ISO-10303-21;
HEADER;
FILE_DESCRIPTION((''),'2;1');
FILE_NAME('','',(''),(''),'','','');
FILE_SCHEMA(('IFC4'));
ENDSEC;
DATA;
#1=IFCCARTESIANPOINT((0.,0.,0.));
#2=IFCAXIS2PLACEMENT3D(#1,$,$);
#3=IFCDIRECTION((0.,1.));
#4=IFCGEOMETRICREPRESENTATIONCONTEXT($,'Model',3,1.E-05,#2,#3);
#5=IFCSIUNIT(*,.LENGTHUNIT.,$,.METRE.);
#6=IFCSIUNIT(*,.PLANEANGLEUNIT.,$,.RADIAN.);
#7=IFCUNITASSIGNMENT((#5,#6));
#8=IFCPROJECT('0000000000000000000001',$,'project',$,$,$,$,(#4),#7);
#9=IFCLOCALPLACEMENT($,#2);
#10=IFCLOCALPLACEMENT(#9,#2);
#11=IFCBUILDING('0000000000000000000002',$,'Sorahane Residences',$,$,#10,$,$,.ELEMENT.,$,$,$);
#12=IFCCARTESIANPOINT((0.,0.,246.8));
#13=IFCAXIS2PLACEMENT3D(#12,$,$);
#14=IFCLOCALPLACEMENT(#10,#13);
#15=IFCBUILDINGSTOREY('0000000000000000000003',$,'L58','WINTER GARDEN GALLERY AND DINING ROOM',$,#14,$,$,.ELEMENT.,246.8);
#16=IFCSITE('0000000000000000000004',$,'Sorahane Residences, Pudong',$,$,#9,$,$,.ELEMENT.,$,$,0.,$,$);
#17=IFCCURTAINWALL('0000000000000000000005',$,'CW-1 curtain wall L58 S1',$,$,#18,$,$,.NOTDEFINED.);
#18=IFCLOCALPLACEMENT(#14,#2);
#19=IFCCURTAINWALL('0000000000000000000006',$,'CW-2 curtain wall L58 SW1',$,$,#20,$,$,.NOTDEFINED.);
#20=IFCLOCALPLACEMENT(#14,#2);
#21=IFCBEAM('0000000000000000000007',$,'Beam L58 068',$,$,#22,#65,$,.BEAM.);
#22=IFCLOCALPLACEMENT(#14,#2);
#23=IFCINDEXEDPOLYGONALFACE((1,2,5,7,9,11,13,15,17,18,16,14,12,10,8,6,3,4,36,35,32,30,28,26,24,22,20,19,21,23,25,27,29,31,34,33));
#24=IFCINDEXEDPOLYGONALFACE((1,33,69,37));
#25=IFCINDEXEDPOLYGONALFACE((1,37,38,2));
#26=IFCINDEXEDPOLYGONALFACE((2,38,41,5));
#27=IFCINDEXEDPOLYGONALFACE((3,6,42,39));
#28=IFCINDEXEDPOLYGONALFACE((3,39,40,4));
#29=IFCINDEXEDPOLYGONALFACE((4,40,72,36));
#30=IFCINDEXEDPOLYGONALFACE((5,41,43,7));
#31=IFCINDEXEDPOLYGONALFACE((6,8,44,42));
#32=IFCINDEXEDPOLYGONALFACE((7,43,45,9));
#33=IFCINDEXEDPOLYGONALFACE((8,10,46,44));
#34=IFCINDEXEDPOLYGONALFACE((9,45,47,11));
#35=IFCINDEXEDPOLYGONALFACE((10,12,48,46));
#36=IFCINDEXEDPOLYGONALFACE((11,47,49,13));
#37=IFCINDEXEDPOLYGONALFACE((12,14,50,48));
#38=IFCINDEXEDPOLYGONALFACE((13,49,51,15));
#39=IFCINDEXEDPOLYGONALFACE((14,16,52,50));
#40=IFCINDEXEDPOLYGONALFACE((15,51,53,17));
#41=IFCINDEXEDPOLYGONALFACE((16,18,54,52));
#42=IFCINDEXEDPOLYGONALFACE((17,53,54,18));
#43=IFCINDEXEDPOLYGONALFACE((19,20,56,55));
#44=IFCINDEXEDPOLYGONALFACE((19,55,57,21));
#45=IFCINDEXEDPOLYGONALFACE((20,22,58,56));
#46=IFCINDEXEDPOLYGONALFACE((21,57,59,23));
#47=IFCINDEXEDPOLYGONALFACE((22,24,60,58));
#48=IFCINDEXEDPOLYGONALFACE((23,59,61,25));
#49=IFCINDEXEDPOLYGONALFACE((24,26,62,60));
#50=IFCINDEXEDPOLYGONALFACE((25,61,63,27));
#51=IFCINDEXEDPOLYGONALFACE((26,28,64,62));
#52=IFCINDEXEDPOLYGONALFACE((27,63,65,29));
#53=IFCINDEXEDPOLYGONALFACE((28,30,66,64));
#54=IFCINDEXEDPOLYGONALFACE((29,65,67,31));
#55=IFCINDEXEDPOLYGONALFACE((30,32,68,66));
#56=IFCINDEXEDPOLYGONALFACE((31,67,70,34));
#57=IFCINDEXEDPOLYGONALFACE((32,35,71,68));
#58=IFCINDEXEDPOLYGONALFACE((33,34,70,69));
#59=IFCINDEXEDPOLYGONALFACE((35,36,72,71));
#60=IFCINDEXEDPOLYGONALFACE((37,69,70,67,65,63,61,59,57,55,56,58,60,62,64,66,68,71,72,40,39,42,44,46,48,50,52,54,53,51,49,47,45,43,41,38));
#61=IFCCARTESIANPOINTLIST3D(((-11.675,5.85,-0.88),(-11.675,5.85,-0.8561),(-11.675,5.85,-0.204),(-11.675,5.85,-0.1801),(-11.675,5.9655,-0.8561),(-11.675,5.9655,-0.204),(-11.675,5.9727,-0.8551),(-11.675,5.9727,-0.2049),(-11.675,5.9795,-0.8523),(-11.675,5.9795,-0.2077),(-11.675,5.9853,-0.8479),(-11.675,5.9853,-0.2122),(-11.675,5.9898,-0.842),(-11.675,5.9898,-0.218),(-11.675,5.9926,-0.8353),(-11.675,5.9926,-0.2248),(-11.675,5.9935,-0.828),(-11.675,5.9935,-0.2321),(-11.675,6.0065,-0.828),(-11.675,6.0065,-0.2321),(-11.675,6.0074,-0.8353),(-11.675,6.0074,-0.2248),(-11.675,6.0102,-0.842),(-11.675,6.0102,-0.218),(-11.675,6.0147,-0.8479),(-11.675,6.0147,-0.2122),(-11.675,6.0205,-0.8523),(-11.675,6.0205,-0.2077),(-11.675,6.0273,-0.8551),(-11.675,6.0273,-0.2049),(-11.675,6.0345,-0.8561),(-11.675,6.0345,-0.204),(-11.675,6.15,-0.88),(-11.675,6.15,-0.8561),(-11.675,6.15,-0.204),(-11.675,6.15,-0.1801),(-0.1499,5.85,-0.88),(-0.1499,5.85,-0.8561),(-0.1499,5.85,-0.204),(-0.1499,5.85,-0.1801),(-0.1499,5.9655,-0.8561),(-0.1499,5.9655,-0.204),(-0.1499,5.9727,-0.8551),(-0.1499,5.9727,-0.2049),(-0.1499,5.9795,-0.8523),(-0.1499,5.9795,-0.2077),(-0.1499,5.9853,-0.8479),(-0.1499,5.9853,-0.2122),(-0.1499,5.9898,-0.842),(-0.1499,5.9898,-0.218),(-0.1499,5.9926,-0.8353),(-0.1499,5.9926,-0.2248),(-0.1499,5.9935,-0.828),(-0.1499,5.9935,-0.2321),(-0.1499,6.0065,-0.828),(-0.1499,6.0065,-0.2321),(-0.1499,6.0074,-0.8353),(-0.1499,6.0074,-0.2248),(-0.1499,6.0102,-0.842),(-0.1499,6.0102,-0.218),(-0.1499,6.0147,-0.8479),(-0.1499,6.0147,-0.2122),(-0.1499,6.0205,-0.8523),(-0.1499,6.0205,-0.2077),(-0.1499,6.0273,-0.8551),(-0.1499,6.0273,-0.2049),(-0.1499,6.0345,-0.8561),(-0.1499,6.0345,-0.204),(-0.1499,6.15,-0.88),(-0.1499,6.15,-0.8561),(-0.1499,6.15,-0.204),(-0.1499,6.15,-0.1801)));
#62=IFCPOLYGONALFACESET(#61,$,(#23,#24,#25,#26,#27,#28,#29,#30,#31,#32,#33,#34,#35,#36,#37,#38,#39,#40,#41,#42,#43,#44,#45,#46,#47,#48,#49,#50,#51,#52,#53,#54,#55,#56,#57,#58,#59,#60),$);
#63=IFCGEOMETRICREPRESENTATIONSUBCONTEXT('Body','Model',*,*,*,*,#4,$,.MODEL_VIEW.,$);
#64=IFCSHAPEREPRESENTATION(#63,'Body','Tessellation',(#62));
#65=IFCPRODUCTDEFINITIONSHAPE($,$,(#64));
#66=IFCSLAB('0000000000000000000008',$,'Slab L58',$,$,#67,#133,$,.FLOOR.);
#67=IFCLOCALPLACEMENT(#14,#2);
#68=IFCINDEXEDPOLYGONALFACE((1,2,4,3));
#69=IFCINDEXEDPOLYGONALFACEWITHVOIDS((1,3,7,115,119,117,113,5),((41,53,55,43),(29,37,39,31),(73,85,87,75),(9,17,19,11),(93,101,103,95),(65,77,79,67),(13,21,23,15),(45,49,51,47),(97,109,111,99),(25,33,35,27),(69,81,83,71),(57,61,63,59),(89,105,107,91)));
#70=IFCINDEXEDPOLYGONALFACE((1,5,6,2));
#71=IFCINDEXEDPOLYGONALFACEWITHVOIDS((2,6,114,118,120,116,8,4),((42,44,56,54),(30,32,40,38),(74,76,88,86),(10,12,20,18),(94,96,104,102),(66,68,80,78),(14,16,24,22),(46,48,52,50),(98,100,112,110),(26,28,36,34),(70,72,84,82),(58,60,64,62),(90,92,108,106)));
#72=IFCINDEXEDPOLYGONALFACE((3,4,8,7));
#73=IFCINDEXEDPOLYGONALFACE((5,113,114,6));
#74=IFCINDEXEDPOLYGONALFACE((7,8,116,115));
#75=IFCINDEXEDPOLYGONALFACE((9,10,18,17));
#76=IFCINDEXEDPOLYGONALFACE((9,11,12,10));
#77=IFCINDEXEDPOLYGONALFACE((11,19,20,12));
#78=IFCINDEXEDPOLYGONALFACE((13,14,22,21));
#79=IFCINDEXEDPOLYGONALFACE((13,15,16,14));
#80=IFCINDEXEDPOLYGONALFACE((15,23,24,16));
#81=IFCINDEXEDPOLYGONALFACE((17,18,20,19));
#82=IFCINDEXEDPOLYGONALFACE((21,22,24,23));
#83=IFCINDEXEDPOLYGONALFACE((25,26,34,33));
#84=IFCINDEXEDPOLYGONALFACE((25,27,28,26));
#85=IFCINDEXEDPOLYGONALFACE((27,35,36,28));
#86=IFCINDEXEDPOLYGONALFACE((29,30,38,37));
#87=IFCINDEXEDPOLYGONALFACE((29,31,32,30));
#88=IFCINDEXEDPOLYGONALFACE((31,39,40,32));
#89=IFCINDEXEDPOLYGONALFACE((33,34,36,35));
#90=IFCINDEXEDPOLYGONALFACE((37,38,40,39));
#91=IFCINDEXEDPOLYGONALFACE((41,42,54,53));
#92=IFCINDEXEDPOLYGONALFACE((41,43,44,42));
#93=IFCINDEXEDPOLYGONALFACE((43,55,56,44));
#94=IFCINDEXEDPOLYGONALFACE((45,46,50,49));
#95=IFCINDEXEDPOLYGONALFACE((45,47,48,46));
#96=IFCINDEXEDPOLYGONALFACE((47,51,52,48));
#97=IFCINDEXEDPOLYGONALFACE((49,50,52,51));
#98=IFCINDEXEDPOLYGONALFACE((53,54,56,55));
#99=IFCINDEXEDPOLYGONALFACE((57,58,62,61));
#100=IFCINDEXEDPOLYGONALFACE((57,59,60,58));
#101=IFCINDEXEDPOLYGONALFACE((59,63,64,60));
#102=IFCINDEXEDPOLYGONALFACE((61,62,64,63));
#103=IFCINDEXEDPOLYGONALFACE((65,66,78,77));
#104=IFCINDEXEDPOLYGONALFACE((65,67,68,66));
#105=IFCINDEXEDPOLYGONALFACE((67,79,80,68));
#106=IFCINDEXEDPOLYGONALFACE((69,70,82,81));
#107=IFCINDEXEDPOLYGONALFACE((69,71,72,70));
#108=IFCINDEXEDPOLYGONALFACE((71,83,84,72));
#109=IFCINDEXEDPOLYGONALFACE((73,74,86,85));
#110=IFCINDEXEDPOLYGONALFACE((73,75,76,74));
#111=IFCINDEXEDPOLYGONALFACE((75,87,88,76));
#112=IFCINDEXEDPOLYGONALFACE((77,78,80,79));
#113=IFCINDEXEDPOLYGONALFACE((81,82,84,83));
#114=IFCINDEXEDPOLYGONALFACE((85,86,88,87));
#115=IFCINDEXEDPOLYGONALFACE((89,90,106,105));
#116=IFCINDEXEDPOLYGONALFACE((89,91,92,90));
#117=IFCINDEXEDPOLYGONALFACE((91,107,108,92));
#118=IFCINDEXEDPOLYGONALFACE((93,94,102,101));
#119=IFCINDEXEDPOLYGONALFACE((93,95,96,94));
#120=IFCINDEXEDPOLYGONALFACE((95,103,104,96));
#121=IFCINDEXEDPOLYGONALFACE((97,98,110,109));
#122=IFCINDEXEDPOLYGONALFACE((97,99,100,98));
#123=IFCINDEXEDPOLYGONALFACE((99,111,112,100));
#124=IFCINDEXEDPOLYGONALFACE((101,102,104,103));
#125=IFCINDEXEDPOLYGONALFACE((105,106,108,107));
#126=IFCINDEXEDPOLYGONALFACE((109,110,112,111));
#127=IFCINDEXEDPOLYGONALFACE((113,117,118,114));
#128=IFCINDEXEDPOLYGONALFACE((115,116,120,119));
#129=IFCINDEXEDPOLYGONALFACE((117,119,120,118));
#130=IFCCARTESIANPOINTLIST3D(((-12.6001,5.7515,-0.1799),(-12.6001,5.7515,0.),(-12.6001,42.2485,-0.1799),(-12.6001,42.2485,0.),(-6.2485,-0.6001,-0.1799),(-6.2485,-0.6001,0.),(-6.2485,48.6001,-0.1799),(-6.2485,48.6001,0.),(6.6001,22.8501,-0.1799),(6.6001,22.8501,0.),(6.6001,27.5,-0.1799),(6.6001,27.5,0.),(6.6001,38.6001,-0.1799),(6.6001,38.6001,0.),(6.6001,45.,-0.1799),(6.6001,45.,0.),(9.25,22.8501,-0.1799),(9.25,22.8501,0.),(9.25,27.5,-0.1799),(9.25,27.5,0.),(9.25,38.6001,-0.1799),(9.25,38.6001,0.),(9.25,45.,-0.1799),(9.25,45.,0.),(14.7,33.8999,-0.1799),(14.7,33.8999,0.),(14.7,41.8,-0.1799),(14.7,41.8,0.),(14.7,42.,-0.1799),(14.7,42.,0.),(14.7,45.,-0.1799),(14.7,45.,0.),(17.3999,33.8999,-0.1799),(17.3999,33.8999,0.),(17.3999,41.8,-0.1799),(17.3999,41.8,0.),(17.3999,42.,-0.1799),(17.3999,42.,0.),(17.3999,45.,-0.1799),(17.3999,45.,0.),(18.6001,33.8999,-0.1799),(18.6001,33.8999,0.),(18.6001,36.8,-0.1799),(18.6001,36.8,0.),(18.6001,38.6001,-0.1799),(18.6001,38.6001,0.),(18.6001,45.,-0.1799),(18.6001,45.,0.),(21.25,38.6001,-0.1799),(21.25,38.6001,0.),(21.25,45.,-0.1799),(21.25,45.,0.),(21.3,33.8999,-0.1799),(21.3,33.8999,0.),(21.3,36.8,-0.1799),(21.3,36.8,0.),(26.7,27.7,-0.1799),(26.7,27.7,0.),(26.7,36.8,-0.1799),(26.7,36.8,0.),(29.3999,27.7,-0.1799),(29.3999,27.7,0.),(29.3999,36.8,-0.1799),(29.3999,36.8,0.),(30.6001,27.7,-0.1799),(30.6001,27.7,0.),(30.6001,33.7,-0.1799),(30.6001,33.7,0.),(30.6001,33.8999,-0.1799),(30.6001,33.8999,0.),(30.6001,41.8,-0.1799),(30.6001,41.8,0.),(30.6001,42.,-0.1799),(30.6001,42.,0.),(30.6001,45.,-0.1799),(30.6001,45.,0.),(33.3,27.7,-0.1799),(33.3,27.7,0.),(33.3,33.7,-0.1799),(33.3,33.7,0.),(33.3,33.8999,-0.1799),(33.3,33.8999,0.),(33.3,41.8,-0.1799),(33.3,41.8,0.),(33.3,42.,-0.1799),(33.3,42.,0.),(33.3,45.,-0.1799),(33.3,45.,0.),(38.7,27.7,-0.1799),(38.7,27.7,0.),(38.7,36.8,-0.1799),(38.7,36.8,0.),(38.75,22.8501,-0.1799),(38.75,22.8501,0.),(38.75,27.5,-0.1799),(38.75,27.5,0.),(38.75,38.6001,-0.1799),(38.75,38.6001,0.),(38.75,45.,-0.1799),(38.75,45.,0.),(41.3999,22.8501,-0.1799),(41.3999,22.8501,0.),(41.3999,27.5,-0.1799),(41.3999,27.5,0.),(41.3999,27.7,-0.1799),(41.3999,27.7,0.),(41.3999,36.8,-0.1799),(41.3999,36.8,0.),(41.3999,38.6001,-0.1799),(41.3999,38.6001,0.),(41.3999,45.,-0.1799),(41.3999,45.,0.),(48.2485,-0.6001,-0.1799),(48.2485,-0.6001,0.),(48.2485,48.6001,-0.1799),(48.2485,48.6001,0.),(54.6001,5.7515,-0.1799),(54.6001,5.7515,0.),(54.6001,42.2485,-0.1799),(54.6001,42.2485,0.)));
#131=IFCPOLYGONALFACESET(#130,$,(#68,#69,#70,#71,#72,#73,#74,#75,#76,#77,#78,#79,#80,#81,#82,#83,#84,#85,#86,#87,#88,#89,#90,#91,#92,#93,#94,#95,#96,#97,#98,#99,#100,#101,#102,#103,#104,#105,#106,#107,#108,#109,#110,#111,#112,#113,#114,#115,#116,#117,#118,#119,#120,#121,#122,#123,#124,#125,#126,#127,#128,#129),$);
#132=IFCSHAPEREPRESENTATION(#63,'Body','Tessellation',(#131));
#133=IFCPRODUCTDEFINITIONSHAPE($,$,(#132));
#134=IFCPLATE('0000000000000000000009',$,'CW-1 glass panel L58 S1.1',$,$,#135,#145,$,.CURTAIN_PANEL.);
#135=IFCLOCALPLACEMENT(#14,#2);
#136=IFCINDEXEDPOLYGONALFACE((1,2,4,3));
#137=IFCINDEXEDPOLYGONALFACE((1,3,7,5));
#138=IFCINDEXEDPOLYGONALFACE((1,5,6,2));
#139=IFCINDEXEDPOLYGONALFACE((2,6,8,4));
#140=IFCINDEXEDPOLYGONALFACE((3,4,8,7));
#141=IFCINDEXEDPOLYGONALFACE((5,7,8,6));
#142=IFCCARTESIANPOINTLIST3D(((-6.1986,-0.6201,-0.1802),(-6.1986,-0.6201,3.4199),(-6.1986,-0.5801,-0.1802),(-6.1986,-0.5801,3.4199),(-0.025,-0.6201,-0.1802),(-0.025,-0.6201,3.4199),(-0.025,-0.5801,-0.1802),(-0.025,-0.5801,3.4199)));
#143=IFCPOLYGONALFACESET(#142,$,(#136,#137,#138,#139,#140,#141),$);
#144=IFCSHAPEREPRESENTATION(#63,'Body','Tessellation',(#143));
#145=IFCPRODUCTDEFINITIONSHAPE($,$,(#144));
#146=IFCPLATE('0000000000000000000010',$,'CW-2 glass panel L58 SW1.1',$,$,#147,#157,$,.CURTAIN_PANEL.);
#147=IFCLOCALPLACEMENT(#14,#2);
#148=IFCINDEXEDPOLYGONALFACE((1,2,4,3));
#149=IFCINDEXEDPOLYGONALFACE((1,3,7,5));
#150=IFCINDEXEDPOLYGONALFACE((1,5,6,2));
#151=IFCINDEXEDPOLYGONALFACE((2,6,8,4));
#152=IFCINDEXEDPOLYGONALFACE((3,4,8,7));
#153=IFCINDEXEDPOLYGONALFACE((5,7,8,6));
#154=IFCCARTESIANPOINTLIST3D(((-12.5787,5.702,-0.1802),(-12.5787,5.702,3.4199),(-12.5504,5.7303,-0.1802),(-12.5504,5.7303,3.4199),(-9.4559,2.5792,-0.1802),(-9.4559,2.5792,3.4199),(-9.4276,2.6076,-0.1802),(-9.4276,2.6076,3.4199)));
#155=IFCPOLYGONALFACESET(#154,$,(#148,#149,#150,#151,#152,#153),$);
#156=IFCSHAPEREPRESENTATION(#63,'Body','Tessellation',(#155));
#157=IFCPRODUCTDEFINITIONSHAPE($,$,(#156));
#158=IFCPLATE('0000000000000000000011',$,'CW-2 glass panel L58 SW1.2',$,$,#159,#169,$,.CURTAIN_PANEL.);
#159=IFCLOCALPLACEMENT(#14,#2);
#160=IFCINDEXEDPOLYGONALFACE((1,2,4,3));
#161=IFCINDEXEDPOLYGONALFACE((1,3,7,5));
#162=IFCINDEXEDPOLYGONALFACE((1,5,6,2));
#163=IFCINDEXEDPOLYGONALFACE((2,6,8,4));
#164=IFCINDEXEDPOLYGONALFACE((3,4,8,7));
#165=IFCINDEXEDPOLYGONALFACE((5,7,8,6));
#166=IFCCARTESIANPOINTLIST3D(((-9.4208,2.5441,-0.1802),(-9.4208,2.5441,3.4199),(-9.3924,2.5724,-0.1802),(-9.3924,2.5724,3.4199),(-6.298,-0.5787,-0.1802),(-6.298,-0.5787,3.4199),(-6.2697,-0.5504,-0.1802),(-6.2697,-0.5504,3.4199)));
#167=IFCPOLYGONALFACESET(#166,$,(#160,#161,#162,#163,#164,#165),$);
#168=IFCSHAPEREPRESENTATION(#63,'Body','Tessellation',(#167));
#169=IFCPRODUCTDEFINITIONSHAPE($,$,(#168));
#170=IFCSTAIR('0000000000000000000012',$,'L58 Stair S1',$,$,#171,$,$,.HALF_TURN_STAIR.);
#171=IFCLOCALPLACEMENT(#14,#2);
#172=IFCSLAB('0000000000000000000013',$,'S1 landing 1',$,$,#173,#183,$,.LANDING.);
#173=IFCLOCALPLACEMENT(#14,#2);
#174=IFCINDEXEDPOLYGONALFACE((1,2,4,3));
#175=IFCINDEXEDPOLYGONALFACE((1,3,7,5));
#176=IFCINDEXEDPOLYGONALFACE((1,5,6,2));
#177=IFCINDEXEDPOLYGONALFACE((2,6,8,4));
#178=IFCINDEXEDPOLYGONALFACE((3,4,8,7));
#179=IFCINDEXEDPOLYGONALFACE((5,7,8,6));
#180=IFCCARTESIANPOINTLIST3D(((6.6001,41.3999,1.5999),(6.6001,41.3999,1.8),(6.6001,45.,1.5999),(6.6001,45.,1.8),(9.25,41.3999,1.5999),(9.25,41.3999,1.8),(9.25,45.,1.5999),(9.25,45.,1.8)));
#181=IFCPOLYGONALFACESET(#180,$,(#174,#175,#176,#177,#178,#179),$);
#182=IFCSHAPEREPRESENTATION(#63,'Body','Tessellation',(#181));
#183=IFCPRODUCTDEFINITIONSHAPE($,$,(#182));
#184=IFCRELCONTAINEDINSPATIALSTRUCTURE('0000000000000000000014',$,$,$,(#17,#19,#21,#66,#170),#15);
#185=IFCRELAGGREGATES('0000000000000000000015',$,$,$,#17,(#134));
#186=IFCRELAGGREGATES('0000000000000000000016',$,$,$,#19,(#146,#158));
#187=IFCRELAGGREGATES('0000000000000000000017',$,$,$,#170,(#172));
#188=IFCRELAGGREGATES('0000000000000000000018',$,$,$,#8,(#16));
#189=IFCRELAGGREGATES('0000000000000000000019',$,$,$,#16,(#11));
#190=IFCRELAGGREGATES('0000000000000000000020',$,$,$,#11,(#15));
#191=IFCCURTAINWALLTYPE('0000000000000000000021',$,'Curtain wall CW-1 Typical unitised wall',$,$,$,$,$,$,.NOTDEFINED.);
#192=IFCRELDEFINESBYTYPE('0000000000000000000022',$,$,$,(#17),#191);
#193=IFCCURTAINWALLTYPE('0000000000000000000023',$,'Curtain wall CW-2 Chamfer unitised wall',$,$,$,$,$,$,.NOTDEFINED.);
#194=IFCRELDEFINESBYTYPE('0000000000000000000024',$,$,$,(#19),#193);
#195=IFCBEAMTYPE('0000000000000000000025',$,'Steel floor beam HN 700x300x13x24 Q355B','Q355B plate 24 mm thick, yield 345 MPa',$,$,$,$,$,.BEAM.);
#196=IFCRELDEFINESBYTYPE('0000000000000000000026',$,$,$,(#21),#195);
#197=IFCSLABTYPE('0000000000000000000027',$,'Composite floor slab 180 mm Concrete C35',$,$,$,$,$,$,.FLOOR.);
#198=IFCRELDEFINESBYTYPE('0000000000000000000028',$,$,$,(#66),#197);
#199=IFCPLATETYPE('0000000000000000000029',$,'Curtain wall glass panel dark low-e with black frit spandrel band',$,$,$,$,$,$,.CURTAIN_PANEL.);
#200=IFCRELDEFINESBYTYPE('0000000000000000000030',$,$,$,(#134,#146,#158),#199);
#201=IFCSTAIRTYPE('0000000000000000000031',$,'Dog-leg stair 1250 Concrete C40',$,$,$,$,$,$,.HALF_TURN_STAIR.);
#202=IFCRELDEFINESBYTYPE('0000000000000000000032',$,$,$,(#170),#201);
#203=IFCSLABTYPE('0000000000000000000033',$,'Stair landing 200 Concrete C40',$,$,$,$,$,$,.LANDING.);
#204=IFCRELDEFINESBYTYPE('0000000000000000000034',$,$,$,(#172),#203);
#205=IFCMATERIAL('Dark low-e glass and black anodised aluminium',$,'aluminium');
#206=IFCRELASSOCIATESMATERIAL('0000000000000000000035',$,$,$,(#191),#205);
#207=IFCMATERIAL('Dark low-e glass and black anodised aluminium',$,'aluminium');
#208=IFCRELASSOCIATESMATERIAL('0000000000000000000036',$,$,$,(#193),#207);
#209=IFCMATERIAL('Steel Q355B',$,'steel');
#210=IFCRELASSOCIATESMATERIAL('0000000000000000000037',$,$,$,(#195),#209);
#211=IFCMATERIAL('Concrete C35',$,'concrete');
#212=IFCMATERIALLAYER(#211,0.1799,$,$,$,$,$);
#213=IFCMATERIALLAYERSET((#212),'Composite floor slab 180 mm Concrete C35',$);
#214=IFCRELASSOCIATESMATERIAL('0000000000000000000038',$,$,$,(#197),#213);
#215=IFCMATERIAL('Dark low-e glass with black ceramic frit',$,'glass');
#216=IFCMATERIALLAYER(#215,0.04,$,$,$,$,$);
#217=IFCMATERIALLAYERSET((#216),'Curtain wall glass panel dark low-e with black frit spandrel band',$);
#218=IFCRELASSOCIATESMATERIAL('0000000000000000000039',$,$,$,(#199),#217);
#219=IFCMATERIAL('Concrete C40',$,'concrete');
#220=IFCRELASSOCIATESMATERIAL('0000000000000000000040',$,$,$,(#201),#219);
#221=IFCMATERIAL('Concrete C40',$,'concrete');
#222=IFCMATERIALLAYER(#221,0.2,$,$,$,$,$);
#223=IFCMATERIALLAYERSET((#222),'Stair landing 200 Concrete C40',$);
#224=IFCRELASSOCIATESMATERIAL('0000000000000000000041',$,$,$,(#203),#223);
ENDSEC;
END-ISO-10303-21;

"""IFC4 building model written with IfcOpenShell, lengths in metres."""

from ifc_helpers import new_model, si_unit, direction, frame, origin, origin_2d, place, context, subcontext, project, spatial, polyline, rectangle, i_section, outline, extrude, material, layer, layer_set, material_profile, profile_set, type_object, element, aggregate, save


model = new_model("IFC4")

# Units and contexts
model_context = context("Model", 3, precision=1e-05, world=origin(), true_north=direction((0.0, 1.0)))
body_context = subcontext(model_context, "Body", "Model", "MODEL_VIEW")
ifc_project = project(units=[si_unit("LENGTHUNIT", "METRE"), si_unit("PLANEANGLEUNIT", "RADIAN")], contexts=[model_context])

# Site, building, storey
site_placement = place(None, origin())
site = spatial("IfcSite", under=ifc_project, at=site_placement, Name="Sorahane Residences, Pudong", CompositionType="ELEMENT", RefElevation=0.0)
building_placement = place(site_placement, origin())
building = spatial("IfcBuilding", under=site, at=building_placement, Name="Sorahane Residences", CompositionType="ELEMENT")
storey_placement = place(building_placement, frame((0.0, 0.0, 246.8)))
storey = spatial("IfcBuildingStorey", under=building, at=storey_placement, Name="L58", Description="WINTER GARDEN GALLERY AND DINING ROOM", CompositionType="ELEMENT", Elevation=246.8)

# Curtain wall
ifc_material_1 = material(Name="Dark low-e glass and black anodised aluminium", Category="aluminium")
curtain_wall_type_1 = type_object("IfcCurtainWallType", Name="Curtain wall CW-1 Typical unitised wall", PredefinedType="NOTDEFINED", material=ifc_material_1)
curtain_wall_1_placement = place(storey_placement, origin())
curtain_wall_1 = element("IfcCurtainWall", 1, at=curtain_wall_1_placement, inside=storey, type_object=curtain_wall_type_1, Name="CW-1 curtain wall L58 S1", PredefinedType="NOTDEFINED")

# Curtain wall
ifc_material_2 = material(Name="Dark low-e glass and black anodised aluminium", Category="aluminium")
curtain_wall_type_2 = type_object("IfcCurtainWallType", Name="Curtain wall CW-2 Chamfer unitised wall", PredefinedType="NOTDEFINED", material=ifc_material_2)
curtain_wall_2_placement = place(storey_placement, origin())
curtain_wall_2 = element("IfcCurtainWall", 2, at=curtain_wall_2_placement, inside=storey, type_object=curtain_wall_type_2, Name="CW-2 curtain wall L58 SW1", PredefinedType="NOTDEFINED")

# Beam
ifc_material_3 = material(Name="Steel Q355B", Category="steel")
ifc_material_profile_1 = material_profile(ifc_material_3, i_section(OverallWidth=0.3, OverallDepth=0.7, WebThickness=0.0129, FlangeThickness=0.0239, FilletRadius=0.0281, at=origin_2d()), Name="HN 700x300x13x24")
ifc_profile_set_1 = profile_set([ifc_material_profile_1], Name="Steel Q355B")
beam_type_1 = type_object("IfcBeamType", Name="Steel floor beam HN 700x300x13x24 Q355B", Description="Q355B plate 24 mm thick, yield 345 MPa", PredefinedType="BEAM", material=ifc_profile_set_1)
beam_1_placement = place(storey_placement, frame((-11.675, 6.0, -0.53), z_axis=(1.0, 0.0, 0.0), x_axis=(0.0, 1.0, 0.0)))
element("IfcBeam", 3, at=beam_1_placement, inside=storey, type_object=beam_type_1, Name="Beam L58 068", PredefinedType="BEAM", context=body_context, shape_type="SweptSolid", body=[
    extrude(i_section(OverallWidth=0.3, OverallDepth=0.7, WebThickness=0.0129, FlangeThickness=0.0239, FilletRadius=0.0281, at=origin_2d()), origin(), (0.0, 0.0, 1.0), 11.5251),
])

# Slab
ifc_material_4 = material(Name="Concrete C35", Category="concrete")
ifc_layer_1 = layer(ifc_material_4, 0.1799)
ifc_layer_set_1 = layer_set([ifc_layer_1], Name="Composite floor slab 180 mm Concrete C35")
slab_type_1 = type_object("IfcSlabType", Name="Composite floor slab 180 mm Concrete C35", PredefinedType="FLOOR", material=ifc_layer_set_1)
slab_1_placement = place(storey_placement, frame((0.0, 0.0, -0.1799)))
element("IfcSlab", 4, at=slab_1_placement, inside=storey, type_object=slab_type_1, Name="Slab L58", PredefinedType="FLOOR", context=body_context, shape_type="SweptSolid", body=[
    extrude(outline(polyline([(-6.2485, -0.6001), (-12.6001, 5.7515), (-12.6001, 42.2485), (-6.2485, 48.6001), (48.2485, 48.6001), (54.6001, 42.2485), (54.6001, 5.7515), (48.2485, -0.6001), (-6.2485, -0.6001)]), holes=[polyline([(38.7, 27.7), (41.3999, 27.7), (41.3999, 36.8), (38.7, 36.8), (38.7, 27.7)]), polyline([(30.6001, 27.7), (33.3, 27.7), (33.3, 33.7), (30.6001, 33.7), (30.6001, 27.7)]), polyline([(30.6001, 42.0), (33.3, 42.0), (33.3, 45.0), (30.6001, 45.0), (30.6001, 42.0)]), polyline([(14.7, 42.0), (17.3999, 42.0), (17.3999, 45.0), (14.7, 45.0), (14.7, 42.0)]), polyline([(9.25, 38.6001), (9.25, 45.0), (6.6001, 45.0), (6.6001, 38.6001), (9.25, 38.6001)]), polyline([(41.3999, 38.6001), (41.3999, 45.0), (38.75, 45.0), (38.75, 38.6001), (41.3999, 38.6001)]), polyline([(21.25, 38.6001), (21.25, 45.0), (18.6001, 45.0), (18.6001, 38.6001), (21.25, 38.6001)]), polyline([(9.25, 22.8501), (9.25, 27.5), (6.6001, 27.5), (6.6001, 22.8501), (9.25, 22.8501)]), polyline([(41.3999, 22.8501), (41.3999, 27.5), (38.75, 27.5), (38.75, 22.8501), (41.3999, 22.8501)]), polyline([(14.7, 33.8999), (17.3999, 33.8999), (17.3999, 41.8), (14.7, 41.8), (14.7, 33.8999)]), polyline([(30.6001, 33.8999), (33.3, 33.8999), (33.3, 41.8), (30.6001, 41.8), (30.6001, 33.8999)]), polyline([(18.6001, 33.8999), (21.3, 33.8999), (21.3, 36.8), (18.6001, 36.8), (18.6001, 33.8999)]), polyline([(26.7, 27.7), (29.3999, 27.7), (29.3999, 36.8), (26.7, 36.8), (26.7, 27.7)])]), origin(), (0.0, 0.0, 1.0), 0.1799),
])

# Plates
ifc_material_5 = material(Name="Dark low-e glass with black ceramic frit", Category="glass")
ifc_layer_2 = layer(ifc_material_5, 0.04)
ifc_layer_set_2 = layer_set([ifc_layer_2], Name="Curtain wall glass panel dark low-e with black frit spandrel band")
plate_type = type_object("IfcPlateType", Name="Curtain wall glass panel dark low-e with black frit spandrel band", PredefinedType="CURTAIN_PANEL", material=ifc_layer_set_2)
plate_1_placement = place(storey_placement, frame((-3.1118, -0.6001, -0.1802), z_axis=(0.0, 0.0, 1.0), x_axis=(1.0, 0.0, 0.0)))
plate_1 = element("IfcPlate", 5, at=plate_1_placement, type_object=plate_type, Name="CW-1 glass panel L58 S1.1", PredefinedType="CURTAIN_PANEL", context=body_context, shape_type="SweptSolid", body=[
    extrude(rectangle(XDim=6.1736, YDim=0.04, at=origin_2d()), origin(), (0.0, 0.0, 1.0), 3.6001),
])
aggregate(curtain_wall_1, [plate_1])
plate_2_placement = place(storey_placement, frame((-11.0032, 4.1548, -0.1802), z_axis=(0.0, 0.0, 1.0), x_axis=(0.707107, -0.707107, 0.0)))
plate_2 = element("IfcPlate", 6, at=plate_2_placement, type_object=plate_type, Name="CW-2 glass panel L58 SW1.1", PredefinedType="CURTAIN_PANEL", context=body_context, shape_type="SweptSolid", body=[
    extrude(rectangle(XDim=4.4163, YDim=0.04, at=origin_2d()), origin(), (0.0, 0.0, 1.0), 3.6001),
])
plate_3_placement = place(storey_placement, frame((-7.8452, 0.9968, -0.1802), z_axis=(0.0, 0.0, 1.0), x_axis=(0.707107, -0.707107, 0.0)))
plate_3 = element("IfcPlate", 7, at=plate_3_placement, type_object=plate_type, Name="CW-2 glass panel L58 SW1.2", PredefinedType="CURTAIN_PANEL", context=body_context, shape_type="SweptSolid", body=[
    extrude(rectangle(XDim=4.4163, YDim=0.04, at=origin_2d()), origin(), (0.0, 0.0, 1.0), 3.6001),
])
aggregate(curtain_wall_2, [plate_2, plate_3])

# Stair, slab
ifc_material_6 = material(Name="Concrete C40", Category="concrete")
stair_type = type_object("IfcStairType", Name="Dog-leg stair 1250 Concrete C40", PredefinedType="HALF_TURN_STAIR", material=ifc_material_6)
stair_1_placement = place(storey_placement, origin())
stair_1 = element("IfcStair", 8, at=stair_1_placement, inside=storey, type_object=stair_type, Name="L58 Stair S1", PredefinedType="HALF_TURN_STAIR")
ifc_material_7 = material(Name="Concrete C40", Category="concrete")
ifc_layer_3 = layer(ifc_material_7, 0.2)
ifc_layer_set_3 = layer_set([ifc_layer_3], Name="Stair landing 200 Concrete C40")
slab_type_2 = type_object("IfcSlabType", Name="Stair landing 200 Concrete C40", PredefinedType="LANDING", material=ifc_layer_set_3)
slab_2_placement = place(storey_placement, frame((0.0, 0.0, 1.5999)))
slab_2 = element("IfcSlab", 9, at=slab_2_placement, type_object=slab_type_2, Name="S1 landing 1", PredefinedType="LANDING", context=body_context, shape_type="SweptSolid", body=[
    extrude(outline(polyline([(9.25, 41.3999), (9.25, 45.0), (6.6001, 45.0), (6.6001, 41.3999), (9.25, 41.3999)])), origin(), (0.0, 0.0, 1.0), 0.2002),
])
aggregate(stair_1, [slab_2])

save(model, "model.ifc")
